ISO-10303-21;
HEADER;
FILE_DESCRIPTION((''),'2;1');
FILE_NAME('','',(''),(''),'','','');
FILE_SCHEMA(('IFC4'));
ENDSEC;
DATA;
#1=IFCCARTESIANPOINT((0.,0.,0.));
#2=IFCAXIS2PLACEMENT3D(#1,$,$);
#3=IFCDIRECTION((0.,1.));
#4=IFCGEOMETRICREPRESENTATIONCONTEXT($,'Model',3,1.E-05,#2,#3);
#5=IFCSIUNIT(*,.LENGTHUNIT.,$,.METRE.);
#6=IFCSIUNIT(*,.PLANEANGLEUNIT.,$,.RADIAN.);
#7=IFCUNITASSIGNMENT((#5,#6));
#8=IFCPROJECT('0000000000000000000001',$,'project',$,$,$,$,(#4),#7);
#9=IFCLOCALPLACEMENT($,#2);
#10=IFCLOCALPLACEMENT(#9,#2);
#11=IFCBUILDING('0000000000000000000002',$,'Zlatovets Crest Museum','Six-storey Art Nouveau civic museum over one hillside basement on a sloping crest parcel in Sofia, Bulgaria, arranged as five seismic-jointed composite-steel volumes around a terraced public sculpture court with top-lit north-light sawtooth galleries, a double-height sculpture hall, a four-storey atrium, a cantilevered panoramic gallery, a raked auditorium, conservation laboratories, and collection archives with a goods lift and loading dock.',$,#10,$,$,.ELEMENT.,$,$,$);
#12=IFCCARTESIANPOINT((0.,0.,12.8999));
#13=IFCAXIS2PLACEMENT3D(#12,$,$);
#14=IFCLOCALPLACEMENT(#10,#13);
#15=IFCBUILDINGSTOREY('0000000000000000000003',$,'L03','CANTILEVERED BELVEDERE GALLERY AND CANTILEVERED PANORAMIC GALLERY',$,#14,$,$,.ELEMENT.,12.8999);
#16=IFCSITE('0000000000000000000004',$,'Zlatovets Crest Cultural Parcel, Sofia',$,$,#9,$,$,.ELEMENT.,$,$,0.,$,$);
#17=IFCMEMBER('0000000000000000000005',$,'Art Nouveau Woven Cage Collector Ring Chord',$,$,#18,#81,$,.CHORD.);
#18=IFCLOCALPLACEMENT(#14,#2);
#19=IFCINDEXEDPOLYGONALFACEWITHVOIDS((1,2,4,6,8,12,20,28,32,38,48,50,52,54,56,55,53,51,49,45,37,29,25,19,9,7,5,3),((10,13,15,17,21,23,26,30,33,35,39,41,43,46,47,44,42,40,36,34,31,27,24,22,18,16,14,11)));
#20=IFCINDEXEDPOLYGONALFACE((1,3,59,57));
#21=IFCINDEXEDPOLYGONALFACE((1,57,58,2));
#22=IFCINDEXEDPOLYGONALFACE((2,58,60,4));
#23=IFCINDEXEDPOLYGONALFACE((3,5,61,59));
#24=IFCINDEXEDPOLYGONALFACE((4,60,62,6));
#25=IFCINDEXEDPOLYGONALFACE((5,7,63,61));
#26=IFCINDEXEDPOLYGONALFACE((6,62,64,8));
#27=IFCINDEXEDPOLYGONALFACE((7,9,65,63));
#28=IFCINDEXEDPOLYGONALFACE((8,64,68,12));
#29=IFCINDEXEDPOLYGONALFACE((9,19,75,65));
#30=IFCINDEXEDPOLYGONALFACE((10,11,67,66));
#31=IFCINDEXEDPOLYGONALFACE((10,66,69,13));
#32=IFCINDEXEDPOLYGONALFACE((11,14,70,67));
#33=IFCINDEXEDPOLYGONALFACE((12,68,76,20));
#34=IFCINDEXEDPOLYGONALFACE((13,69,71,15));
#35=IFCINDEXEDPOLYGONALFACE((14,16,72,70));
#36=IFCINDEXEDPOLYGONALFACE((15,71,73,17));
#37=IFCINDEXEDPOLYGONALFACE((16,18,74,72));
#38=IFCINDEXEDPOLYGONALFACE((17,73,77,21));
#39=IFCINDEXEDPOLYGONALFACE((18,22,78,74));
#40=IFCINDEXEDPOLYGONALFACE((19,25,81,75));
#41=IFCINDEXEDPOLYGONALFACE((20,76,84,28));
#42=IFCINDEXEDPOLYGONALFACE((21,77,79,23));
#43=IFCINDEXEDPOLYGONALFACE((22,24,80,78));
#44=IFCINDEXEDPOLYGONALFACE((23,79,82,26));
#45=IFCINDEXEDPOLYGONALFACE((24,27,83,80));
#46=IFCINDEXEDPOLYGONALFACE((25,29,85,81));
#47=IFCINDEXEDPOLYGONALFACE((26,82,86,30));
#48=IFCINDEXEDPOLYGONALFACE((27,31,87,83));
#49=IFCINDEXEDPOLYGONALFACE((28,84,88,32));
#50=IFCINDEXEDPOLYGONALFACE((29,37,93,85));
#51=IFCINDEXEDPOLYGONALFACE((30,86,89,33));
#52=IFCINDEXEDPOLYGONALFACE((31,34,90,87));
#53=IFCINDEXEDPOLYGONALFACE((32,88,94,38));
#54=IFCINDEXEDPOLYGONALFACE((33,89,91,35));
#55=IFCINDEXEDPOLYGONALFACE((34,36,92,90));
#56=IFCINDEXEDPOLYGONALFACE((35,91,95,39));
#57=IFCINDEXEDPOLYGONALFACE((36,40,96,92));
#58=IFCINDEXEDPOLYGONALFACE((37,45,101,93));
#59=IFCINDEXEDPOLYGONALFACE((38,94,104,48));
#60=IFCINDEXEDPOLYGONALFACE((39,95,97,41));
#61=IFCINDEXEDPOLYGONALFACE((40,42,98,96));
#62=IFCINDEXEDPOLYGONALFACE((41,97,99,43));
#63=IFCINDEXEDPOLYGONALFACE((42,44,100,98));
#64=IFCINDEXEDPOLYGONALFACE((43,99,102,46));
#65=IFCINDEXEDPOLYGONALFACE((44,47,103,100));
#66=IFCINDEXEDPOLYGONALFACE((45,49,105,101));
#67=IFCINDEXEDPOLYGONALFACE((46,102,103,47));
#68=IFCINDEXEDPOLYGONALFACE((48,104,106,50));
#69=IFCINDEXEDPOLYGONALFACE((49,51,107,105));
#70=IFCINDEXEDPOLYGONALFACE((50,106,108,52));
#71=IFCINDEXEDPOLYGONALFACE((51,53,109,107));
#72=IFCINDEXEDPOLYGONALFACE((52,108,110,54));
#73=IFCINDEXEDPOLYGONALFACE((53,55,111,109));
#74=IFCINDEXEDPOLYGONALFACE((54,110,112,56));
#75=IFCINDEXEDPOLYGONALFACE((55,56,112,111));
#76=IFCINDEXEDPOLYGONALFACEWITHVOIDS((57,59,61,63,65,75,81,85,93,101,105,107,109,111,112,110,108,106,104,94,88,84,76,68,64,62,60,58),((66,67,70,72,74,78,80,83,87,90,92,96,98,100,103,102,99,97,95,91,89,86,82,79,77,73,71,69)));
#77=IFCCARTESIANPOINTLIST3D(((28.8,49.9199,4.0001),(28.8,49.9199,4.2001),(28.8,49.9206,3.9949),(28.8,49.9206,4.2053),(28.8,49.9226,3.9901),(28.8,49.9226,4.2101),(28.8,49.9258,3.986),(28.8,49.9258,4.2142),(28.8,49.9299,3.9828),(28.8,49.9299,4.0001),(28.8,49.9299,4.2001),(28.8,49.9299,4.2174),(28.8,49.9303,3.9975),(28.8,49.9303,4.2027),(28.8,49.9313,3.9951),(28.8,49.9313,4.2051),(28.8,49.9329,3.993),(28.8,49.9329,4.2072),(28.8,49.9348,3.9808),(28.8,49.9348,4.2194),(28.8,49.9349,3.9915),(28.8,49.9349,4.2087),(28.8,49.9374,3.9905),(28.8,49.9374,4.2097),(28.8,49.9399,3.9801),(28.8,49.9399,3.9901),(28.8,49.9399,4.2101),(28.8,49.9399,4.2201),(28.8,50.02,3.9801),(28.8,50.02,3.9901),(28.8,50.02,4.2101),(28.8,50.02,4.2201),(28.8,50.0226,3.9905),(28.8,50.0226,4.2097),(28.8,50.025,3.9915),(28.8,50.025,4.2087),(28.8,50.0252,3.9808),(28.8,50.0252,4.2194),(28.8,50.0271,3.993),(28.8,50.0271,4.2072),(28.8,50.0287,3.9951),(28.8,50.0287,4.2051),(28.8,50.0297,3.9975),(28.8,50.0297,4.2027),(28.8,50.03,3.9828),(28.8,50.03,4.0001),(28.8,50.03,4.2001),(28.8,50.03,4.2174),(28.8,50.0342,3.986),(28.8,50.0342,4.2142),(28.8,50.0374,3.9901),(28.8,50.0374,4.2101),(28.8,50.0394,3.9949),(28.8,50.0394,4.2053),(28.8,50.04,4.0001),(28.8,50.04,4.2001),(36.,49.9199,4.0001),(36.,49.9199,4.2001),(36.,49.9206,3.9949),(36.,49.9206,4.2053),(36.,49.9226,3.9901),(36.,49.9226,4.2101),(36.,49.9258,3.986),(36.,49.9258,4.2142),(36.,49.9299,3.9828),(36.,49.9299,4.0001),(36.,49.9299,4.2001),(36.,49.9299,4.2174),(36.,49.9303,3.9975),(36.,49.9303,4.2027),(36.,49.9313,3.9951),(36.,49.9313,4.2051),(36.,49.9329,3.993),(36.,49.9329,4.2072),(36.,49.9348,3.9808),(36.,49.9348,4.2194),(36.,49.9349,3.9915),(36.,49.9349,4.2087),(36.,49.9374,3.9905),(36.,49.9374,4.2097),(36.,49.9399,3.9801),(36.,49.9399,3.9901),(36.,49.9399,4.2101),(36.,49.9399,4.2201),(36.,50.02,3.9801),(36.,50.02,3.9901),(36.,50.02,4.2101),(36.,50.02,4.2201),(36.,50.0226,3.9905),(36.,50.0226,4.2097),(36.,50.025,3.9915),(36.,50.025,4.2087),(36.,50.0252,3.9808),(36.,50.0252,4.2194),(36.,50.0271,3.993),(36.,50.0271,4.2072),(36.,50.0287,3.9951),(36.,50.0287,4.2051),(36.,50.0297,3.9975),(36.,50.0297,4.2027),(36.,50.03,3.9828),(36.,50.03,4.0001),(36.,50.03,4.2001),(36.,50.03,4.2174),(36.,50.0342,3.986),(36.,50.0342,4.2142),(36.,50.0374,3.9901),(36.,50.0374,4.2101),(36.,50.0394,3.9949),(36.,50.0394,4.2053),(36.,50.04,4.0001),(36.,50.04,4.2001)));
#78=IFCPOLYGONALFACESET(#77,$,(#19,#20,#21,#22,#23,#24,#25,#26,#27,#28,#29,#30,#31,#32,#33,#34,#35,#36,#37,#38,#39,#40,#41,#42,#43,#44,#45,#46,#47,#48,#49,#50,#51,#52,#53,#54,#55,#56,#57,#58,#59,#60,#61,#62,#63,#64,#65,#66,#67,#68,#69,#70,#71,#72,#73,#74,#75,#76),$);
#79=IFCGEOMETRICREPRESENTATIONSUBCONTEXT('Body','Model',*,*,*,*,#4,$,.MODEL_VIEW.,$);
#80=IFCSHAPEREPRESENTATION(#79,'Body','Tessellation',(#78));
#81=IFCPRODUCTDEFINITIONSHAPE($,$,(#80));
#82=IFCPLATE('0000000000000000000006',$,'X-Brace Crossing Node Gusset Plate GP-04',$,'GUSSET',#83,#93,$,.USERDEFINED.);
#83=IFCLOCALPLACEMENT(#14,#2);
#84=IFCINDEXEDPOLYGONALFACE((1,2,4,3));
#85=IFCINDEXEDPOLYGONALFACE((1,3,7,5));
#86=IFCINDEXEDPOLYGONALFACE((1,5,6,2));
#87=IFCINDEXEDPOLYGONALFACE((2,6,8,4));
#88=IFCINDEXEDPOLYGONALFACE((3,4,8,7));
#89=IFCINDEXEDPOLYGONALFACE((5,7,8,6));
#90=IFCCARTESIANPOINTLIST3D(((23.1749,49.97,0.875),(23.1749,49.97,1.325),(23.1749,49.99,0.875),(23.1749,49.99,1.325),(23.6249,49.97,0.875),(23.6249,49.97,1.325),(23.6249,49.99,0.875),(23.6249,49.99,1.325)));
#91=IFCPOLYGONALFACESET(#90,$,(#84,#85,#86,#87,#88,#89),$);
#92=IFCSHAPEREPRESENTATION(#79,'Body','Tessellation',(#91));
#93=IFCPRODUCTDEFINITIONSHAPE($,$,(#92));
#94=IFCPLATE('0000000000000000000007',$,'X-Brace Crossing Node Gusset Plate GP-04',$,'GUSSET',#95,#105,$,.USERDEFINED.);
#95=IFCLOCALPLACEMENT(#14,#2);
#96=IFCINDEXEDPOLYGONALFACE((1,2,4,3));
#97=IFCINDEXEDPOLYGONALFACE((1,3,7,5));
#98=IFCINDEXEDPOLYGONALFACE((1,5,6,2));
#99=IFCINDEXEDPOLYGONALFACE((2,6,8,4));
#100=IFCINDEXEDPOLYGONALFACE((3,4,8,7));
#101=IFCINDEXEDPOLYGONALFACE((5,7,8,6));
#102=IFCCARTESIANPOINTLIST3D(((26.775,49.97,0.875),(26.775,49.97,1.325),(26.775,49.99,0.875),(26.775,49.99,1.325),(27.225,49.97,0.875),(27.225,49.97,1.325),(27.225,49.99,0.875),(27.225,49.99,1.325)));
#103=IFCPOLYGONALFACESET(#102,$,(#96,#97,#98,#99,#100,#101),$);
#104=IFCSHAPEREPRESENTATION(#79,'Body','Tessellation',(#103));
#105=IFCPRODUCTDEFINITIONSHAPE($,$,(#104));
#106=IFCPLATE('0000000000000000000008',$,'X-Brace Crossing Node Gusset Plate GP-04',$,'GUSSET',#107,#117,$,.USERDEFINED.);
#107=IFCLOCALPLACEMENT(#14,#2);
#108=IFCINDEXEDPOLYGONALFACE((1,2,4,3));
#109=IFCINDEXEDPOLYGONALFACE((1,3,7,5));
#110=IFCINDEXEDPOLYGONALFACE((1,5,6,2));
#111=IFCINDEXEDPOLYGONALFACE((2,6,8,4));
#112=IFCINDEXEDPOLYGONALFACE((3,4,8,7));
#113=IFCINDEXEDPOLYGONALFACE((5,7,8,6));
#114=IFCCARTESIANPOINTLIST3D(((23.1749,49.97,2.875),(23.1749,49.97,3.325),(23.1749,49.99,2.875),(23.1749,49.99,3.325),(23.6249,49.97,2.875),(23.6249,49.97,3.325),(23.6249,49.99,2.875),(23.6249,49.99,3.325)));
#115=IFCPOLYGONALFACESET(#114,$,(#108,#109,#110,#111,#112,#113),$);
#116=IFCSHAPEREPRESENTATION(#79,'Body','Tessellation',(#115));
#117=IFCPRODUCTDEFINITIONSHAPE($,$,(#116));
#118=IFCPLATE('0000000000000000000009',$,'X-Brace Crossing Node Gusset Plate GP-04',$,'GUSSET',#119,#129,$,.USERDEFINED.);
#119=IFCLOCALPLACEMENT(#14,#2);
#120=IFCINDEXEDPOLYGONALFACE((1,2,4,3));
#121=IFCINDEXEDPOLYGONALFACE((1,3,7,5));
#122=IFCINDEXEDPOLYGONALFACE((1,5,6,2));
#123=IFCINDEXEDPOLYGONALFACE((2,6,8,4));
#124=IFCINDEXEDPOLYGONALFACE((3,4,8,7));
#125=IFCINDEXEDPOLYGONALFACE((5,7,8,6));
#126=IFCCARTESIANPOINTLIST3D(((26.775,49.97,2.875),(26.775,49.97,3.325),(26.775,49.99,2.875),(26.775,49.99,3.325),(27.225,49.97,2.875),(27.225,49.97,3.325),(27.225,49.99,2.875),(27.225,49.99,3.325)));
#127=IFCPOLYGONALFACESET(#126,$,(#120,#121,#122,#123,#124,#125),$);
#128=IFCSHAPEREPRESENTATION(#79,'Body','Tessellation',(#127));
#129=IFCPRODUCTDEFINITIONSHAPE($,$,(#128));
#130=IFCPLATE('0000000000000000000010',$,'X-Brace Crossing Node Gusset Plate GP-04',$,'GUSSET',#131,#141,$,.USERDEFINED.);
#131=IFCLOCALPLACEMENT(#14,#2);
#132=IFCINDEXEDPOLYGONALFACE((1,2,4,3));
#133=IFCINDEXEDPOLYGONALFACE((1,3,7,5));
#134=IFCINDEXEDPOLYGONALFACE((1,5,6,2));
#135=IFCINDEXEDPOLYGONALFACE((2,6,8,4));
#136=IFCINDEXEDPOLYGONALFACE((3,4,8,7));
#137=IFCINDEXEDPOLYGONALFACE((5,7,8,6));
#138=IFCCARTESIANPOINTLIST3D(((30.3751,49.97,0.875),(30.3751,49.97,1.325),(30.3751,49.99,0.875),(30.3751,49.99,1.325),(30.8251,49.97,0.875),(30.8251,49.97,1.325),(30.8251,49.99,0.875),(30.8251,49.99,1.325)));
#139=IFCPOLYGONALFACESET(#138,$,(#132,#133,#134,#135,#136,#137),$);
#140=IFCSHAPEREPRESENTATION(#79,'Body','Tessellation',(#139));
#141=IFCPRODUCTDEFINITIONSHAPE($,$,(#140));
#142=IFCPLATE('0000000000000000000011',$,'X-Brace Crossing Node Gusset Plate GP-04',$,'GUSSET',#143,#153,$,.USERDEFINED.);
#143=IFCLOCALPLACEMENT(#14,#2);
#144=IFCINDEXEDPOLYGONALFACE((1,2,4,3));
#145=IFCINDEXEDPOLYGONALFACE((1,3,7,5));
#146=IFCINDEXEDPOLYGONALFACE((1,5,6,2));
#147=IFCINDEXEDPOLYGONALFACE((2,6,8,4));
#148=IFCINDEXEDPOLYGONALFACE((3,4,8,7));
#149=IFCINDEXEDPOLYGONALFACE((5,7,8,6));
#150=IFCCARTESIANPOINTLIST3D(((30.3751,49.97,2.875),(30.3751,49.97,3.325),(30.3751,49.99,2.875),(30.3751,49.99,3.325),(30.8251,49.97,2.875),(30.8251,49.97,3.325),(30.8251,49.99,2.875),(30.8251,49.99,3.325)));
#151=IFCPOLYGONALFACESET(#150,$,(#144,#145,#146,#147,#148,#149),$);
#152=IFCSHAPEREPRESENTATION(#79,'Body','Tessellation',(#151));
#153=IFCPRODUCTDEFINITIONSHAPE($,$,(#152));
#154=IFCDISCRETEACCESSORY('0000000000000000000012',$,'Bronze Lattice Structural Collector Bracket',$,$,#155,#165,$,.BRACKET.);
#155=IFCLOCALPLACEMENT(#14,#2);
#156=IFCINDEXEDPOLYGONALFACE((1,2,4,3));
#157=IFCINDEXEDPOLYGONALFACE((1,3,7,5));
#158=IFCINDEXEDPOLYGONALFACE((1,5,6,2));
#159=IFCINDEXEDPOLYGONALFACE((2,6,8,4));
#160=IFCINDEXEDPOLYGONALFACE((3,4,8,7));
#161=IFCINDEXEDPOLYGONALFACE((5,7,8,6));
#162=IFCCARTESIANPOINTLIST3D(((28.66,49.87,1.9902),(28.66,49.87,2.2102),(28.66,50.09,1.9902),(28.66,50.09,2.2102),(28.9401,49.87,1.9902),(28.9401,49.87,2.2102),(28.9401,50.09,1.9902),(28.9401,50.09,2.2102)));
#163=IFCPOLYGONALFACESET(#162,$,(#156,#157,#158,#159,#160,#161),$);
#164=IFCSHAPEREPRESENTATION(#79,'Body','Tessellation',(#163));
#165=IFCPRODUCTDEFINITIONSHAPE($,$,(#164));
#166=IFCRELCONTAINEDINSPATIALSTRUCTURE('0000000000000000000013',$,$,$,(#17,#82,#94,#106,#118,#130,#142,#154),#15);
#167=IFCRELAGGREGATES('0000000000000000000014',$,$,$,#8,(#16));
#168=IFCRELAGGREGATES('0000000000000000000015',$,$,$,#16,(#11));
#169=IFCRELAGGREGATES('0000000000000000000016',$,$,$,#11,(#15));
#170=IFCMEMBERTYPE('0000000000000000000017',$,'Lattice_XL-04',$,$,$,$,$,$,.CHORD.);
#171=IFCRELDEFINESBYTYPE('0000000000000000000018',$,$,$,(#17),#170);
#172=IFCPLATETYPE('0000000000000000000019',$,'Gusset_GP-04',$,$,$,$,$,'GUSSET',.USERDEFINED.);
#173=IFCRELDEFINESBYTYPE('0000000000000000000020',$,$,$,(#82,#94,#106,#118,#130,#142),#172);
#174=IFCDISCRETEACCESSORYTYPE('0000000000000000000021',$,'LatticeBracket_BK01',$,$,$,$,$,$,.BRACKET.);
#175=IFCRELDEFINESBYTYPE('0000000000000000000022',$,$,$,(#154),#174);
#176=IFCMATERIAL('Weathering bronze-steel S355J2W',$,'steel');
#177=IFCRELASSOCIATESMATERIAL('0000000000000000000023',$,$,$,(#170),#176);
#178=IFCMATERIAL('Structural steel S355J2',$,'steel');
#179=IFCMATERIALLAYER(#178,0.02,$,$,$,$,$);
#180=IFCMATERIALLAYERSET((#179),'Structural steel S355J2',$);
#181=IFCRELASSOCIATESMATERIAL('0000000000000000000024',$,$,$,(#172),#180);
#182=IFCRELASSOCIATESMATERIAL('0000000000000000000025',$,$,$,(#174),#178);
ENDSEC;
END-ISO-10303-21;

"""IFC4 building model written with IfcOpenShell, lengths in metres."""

from ifc_helpers import new_model, si_unit, direction, frame, origin, origin_2d, place, context, subcontext, project, spatial, rectangle, hollow_rectangle, extrude, material, layer, layer_set, material_profile, profile_set, type_object, element, save


model = new_model("IFC4")

# Units and contexts
model_context = context("Model", 3, precision=1e-05, world=origin(), true_north=direction((0.0, 1.0)))
body_context = subcontext(model_context, "Body", "Model", "MODEL_VIEW")
ifc_project = project(units=[si_unit("LENGTHUNIT", "METRE"), si_unit("PLANEANGLEUNIT", "RADIAN")], contexts=[model_context])

# Site, building, storey
site_placement = place(None, origin())
site = spatial("IfcSite", under=ifc_project, at=site_placement, Name="Zlatovets Crest Cultural Parcel, Sofia", CompositionType="ELEMENT", RefElevation=0.0)
building_placement = place(site_placement, origin())
building = spatial("IfcBuilding", under=site, at=building_placement, Name="Zlatovets Crest Museum", Description="Six-storey Art Nouveau civic museum over one hillside basement on a sloping crest parcel in Sofia, Bulgaria, arranged as five seismic-jointed composite-steel volumes around a terraced public sculpture court with top-lit north-light sawtooth galleries, a double-height sculpture hall, a four-storey atrium, a cantilevered panoramic gallery, a raked auditorium, conservation laboratories, and collection archives with a goods lift and loading dock.", CompositionType="ELEMENT")
storey_placement = place(building_placement, frame((0.0, 0.0, 12.8999)))
storey = spatial("IfcBuildingStorey", under=building, at=storey_placement, Name="L03", Description="CANTILEVERED BELVEDERE GALLERY AND CANTILEVERED PANORAMIC GALLERY", CompositionType="ELEMENT", Elevation=12.8999)

# Member
ifc_material_1 = material(Name="Weathering bronze-steel S355J2W", Category="steel")
ifc_material_profile_1 = material_profile(ifc_material_1, hollow_rectangle(XDim=0.1201, YDim=0.24, WallThickness=0.01, InnerFilletRadius=0.01, OuterFilletRadius=0.02, at=origin_2d()), Name="RHS 120x240x10.0")
ifc_profile_set_1 = profile_set([ifc_material_profile_1], Name="Weathering bronze-steel S355J2W")
member_type_1 = type_object("IfcMemberType", Name="Lattice_XL-04", PredefinedType="CHORD", material=ifc_profile_set_1)
member_1_placement = place(storey_placement, frame((28.8, 49.98, 4.1001), z_axis=(1.0, 0.0, 0.0), x_axis=(0.0, 1.0, 0.0)))
element("IfcMember", 1, at=member_1_placement, inside=storey, type_object=member_type_1, Name="Art Nouveau Woven Cage Collector Ring Chord", PredefinedType="CHORD", context=body_context, shape_type="SweptSolid", body=[
    extrude(hollow_rectangle(XDim=0.1201, YDim=0.24, WallThickness=0.01, InnerFilletRadius=0.01, OuterFilletRadius=0.02, at=origin_2d()), origin(), (0.0, 0.0, 1.0), 7.2),
])

# Plates
ifc_material_2 = material(Name="Structural steel S355J2", Category="steel")
ifc_layer = layer(ifc_material_2, 0.02)
ifc_layer_set = layer_set([ifc_layer], Name="Structural steel S355J2")
plate_type = type_object("IfcPlateType", Name="Gusset_GP-04", ElementType="GUSSET", PredefinedType="USERDEFINED", material=ifc_layer_set)
for number, where, z_axis, x_axis, name in (
    (2, (23.3999, 49.98, 0.875), (0.0, 0.0, 1.0), (1.0, 0.0, 0.0), "X-Brace Crossing Node Gusset Plate GP-04"),
    (3, (27.0, 49.98, 0.875), (0.0, 0.0, 1.0), (1.0, 0.0, 0.0), "X-Brace Crossing Node Gusset Plate GP-04"),
    (4, (23.3999, 49.98, 2.875), (0.0, 0.0, 1.0), (1.0, 0.0, 0.0), "X-Brace Crossing Node Gusset Plate GP-04"),
    (5, (27.0, 49.98, 2.875), (0.0, 0.0, 1.0), (1.0, 0.0, 0.0), "X-Brace Crossing Node Gusset Plate GP-04"),
    (6, (30.6001, 49.98, 0.875), (0.0, 0.0, 1.0), (1.0, 0.0, 0.0), "X-Brace Crossing Node Gusset Plate GP-04"),
    (7, (30.6001, 49.98, 2.875), (0.0, 0.0, 1.0), (1.0, 0.0, 0.0), "X-Brace Crossing Node Gusset Plate GP-04"),
):
    element("IfcPlate", number, at=place(storey_placement, frame(where, z_axis=z_axis, x_axis=x_axis)), inside=storey, type_object=plate_type, Name=name, ObjectType="GUSSET", PredefinedType="USERDEFINED", context=body_context, shape_type="SweptSolid", body=[
        extrude(rectangle(XDim=0.45, YDim=0.02, at=origin_2d()), origin(), (0.0, 0.0, 1.0), 0.45),
    ])

# Discrete accessory
discrete_accessory_type = type_object("IfcDiscreteAccessoryType", Name="LatticeBracket_BK01", PredefinedType="BRACKET", material=ifc_material_2)
discrete_accessory_placement = place(storey_placement, frame((28.8, 49.98, 1.9902), z_axis=(0.0, 0.0, 1.0), x_axis=(1.0, 0.0, 0.0)))
element("IfcDiscreteAccessory", 8, at=discrete_accessory_placement, inside=storey, type_object=discrete_accessory_type, Name="Bronze Lattice Structural Collector Bracket", PredefinedType="BRACKET", context=body_context, shape_type="SweptSolid", body=[
    extrude(rectangle(XDim=0.28, YDim=0.22, at=origin_2d()), origin(), (0.0, 0.0, 1.0), 0.22),
])

save(model, "model.ifc")
